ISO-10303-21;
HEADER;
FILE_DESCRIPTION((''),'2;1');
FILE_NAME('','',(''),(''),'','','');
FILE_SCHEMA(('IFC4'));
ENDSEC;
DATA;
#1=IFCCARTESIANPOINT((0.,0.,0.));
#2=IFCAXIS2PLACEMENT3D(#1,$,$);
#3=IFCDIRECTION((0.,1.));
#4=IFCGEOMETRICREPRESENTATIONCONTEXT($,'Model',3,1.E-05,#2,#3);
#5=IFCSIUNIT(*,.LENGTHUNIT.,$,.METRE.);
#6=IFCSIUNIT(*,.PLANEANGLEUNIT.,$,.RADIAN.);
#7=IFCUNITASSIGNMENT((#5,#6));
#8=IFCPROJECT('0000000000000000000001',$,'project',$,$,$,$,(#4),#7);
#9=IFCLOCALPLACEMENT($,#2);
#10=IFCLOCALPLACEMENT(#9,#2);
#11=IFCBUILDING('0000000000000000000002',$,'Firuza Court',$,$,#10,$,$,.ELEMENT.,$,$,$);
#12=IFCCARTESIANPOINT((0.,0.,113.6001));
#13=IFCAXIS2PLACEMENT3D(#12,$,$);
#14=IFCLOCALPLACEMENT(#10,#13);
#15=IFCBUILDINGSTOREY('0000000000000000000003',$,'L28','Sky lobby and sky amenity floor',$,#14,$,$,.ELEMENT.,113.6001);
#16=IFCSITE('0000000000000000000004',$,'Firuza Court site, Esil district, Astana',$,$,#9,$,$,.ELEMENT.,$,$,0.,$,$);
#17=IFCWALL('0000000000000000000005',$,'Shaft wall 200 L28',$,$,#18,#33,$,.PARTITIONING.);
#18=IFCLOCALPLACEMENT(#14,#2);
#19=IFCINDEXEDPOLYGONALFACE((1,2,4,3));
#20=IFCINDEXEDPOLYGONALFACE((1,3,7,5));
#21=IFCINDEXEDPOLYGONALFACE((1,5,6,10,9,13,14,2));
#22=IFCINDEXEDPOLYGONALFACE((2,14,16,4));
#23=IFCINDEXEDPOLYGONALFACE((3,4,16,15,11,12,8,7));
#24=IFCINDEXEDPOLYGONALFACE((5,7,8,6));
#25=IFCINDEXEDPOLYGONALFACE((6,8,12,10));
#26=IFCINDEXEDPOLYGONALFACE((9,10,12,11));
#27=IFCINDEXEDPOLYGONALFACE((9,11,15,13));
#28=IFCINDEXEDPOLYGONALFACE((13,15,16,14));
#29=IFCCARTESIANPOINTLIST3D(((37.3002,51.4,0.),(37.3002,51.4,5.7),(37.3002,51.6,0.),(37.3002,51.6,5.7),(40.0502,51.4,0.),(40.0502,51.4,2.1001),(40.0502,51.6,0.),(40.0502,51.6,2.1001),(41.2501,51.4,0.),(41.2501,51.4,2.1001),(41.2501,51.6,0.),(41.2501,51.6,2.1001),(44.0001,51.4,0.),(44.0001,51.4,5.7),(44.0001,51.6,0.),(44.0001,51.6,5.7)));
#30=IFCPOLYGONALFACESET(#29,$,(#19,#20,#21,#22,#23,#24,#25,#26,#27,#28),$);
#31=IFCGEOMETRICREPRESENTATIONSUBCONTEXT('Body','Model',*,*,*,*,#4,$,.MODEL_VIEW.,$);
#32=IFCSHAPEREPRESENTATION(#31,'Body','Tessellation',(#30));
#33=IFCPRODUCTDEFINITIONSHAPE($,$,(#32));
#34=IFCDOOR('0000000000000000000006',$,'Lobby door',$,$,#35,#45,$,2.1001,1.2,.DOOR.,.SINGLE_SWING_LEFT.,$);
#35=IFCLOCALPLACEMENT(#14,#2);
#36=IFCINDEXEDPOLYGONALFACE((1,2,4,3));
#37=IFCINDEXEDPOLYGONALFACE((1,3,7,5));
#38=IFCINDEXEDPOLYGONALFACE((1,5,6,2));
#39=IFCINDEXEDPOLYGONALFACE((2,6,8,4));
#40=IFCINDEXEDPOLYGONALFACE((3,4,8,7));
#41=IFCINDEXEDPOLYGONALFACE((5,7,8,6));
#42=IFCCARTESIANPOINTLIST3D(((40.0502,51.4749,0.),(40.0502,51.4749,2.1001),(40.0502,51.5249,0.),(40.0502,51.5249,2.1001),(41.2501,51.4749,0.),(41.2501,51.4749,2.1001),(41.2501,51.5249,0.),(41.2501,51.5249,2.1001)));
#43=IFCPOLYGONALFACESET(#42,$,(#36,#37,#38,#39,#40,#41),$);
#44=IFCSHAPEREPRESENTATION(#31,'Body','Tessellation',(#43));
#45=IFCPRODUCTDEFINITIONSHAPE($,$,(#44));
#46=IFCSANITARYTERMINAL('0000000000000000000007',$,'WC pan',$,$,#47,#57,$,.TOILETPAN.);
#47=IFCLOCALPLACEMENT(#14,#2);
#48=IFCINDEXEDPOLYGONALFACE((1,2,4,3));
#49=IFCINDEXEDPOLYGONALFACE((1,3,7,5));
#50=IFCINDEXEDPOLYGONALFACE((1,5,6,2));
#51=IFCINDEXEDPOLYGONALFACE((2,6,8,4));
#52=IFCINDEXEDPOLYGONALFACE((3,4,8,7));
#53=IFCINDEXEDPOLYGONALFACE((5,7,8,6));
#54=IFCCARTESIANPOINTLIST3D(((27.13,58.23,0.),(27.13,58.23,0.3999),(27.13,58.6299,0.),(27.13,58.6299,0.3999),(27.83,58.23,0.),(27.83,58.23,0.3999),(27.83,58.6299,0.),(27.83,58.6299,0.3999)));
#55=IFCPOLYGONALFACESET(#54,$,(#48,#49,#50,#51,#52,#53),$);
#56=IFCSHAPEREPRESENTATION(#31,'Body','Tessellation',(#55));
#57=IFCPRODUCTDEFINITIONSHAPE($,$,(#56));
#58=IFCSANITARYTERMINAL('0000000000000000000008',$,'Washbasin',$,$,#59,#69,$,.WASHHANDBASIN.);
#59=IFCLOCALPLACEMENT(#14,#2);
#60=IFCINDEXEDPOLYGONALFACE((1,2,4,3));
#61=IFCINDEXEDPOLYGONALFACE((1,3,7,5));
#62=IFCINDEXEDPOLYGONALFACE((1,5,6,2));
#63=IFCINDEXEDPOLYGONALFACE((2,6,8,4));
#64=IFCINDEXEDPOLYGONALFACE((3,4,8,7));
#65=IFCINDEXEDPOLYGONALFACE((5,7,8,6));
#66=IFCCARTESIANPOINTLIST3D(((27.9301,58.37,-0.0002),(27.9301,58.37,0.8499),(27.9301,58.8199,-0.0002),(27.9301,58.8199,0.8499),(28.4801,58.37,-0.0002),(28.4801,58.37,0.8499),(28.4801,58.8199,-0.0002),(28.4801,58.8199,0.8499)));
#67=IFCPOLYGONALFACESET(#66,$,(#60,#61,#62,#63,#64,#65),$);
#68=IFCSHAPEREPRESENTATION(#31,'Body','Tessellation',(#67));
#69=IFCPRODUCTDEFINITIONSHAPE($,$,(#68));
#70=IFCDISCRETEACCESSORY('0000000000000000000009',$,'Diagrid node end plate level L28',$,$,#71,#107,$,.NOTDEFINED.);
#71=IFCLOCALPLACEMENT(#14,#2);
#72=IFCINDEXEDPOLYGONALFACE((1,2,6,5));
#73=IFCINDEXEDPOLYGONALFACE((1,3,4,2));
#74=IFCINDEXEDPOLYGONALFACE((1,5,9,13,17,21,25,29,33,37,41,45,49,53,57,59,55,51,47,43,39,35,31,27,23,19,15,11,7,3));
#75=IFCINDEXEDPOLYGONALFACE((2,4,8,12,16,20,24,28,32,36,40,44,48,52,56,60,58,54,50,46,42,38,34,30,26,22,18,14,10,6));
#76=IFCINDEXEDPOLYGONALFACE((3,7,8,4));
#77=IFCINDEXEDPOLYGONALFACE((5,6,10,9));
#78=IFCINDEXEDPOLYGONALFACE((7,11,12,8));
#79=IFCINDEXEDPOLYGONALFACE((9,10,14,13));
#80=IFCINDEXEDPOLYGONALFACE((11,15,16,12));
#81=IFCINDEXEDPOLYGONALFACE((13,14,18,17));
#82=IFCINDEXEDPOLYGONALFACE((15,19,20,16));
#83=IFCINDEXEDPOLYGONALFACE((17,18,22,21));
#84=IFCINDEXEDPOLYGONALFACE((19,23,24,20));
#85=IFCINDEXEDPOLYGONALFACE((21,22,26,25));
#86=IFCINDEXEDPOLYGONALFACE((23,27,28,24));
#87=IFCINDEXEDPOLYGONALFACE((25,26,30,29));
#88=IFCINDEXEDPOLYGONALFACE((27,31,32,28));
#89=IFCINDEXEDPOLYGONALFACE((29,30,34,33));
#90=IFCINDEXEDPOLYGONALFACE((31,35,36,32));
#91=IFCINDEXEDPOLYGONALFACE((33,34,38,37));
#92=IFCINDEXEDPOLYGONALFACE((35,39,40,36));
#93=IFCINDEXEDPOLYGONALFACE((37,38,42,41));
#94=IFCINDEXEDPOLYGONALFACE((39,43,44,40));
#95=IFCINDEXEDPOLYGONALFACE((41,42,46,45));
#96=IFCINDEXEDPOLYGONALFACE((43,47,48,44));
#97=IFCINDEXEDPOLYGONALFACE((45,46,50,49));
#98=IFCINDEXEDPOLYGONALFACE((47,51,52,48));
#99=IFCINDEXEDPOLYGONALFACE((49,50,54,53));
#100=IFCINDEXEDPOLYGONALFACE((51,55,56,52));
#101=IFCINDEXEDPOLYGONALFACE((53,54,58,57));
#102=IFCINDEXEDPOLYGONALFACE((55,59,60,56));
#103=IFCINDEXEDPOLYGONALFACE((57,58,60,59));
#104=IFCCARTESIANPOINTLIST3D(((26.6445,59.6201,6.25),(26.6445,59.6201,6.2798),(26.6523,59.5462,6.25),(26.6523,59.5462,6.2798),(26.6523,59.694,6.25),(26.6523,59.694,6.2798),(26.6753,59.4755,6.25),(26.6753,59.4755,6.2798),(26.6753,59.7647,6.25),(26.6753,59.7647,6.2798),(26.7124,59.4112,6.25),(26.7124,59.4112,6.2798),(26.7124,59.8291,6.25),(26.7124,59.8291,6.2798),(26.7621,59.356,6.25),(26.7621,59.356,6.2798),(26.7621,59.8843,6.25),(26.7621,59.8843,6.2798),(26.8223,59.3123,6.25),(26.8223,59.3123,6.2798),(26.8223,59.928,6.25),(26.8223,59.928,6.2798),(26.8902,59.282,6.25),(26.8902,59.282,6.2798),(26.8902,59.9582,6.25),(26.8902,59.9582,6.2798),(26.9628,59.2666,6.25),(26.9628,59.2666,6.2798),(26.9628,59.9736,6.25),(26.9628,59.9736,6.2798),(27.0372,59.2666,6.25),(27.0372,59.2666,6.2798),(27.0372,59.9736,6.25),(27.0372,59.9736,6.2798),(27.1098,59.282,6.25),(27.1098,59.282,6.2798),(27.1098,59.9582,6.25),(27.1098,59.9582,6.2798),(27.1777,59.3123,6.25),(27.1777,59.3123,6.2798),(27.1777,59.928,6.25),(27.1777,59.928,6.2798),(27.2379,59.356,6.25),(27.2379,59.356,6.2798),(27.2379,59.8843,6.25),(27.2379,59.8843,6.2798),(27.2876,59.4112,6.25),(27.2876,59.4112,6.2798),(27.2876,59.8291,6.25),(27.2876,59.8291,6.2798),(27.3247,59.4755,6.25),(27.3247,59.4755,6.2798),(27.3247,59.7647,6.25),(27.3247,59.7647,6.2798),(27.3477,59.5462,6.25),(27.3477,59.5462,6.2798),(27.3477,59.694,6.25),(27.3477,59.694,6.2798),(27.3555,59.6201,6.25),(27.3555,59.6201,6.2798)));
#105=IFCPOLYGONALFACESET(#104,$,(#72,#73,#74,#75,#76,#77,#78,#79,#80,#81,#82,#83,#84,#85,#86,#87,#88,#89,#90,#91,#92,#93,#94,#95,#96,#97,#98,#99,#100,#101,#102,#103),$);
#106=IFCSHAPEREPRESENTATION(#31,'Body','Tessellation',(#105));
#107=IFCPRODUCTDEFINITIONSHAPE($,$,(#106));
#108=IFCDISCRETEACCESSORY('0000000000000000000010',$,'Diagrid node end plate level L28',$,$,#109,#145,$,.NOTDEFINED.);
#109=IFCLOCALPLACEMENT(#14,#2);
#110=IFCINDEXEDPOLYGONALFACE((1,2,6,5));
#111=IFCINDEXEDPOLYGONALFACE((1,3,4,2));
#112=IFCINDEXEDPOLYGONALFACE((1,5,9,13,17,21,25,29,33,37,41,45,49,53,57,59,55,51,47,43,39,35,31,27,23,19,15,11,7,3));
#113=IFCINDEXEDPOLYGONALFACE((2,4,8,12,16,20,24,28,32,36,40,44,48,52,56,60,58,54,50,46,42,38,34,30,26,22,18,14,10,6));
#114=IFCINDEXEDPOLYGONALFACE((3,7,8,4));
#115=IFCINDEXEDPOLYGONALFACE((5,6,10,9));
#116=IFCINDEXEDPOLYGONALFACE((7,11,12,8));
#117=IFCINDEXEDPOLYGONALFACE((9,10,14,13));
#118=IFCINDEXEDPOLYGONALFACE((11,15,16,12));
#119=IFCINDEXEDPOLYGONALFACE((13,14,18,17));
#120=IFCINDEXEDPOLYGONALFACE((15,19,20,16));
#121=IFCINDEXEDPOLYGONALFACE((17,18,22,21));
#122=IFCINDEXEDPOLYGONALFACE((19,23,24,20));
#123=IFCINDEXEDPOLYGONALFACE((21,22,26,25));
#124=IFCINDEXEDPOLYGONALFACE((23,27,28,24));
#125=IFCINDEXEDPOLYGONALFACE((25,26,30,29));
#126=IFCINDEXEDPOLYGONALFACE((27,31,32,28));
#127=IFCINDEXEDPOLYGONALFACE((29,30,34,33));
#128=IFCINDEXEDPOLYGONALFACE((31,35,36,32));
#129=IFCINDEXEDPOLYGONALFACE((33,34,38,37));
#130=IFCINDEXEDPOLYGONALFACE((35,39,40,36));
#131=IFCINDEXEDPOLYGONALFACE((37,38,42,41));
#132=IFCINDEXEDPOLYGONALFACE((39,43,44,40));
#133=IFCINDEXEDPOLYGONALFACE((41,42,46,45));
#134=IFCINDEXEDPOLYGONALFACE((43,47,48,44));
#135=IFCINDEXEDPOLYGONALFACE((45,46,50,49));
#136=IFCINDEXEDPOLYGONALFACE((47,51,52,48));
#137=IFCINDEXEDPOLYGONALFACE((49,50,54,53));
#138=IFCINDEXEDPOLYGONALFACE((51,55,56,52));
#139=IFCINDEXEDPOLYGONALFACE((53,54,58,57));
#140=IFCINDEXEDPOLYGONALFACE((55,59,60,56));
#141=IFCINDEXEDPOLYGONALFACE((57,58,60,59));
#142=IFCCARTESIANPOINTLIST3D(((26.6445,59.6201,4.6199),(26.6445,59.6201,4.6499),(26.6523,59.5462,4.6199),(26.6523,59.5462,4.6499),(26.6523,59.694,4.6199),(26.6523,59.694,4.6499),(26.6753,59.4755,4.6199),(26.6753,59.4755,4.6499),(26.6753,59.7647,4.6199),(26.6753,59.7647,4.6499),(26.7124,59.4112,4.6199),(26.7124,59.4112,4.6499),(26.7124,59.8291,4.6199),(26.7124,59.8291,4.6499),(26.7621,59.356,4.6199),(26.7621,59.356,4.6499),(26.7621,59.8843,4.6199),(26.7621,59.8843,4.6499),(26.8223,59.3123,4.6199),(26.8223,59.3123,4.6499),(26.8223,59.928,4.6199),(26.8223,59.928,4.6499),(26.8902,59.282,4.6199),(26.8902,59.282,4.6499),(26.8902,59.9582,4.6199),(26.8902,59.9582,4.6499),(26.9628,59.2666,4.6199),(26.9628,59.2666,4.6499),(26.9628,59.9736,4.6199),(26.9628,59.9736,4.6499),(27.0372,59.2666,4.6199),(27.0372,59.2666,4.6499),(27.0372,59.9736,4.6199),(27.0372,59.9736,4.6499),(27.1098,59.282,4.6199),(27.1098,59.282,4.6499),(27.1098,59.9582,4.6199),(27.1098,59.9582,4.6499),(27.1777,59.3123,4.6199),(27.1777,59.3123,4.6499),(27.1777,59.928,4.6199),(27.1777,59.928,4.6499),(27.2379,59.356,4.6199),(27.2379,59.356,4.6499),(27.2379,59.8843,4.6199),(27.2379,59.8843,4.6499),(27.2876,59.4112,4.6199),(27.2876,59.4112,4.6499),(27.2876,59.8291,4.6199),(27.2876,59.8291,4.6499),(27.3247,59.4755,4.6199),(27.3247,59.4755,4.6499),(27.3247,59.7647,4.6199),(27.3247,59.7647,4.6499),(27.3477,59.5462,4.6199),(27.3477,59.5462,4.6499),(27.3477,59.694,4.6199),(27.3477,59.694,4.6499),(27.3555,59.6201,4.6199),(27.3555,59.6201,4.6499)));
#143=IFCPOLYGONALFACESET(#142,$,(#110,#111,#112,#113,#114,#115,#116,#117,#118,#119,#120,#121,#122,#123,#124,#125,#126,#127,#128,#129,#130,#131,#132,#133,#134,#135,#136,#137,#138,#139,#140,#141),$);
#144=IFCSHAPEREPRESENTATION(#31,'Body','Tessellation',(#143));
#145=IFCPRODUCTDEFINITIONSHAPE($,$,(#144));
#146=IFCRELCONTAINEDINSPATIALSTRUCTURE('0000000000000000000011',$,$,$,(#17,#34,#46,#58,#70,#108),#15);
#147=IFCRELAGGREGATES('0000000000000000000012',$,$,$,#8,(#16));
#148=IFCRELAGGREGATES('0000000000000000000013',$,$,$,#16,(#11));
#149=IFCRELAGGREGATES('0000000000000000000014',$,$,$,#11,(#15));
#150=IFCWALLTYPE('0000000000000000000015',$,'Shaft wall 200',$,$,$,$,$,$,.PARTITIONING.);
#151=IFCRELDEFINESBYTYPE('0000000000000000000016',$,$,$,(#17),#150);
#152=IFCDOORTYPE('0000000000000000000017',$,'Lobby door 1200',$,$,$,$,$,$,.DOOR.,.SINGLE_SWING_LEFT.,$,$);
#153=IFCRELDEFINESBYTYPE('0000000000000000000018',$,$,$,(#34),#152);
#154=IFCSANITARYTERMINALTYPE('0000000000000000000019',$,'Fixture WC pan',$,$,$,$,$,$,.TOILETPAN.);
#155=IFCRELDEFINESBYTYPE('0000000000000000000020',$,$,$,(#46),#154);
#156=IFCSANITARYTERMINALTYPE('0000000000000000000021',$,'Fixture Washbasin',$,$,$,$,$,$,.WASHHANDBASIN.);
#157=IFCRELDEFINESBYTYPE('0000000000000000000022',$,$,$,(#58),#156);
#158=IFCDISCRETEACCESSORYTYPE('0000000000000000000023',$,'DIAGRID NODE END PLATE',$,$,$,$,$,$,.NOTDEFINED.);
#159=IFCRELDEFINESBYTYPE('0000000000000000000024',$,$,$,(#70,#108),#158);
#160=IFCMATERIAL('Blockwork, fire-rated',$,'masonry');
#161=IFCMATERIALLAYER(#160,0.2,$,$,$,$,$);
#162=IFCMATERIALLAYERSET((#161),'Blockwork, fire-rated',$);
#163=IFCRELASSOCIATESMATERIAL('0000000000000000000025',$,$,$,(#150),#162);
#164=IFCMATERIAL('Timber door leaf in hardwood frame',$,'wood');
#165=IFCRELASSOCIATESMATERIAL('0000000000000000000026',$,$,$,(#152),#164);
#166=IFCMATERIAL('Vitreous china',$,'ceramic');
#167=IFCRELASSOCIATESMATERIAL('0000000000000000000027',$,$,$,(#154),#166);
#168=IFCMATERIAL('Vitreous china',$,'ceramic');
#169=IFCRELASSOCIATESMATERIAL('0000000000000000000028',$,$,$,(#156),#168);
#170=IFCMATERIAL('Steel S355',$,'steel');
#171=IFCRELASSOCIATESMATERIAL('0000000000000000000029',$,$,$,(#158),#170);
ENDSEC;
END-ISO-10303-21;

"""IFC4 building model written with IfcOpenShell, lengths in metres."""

from ifc_helpers import new_model, si_unit, direction, frame, frame_2d, origin, origin_2d, place, context, subcontext, project, spatial, rectangle, circle, extrude, material, layer, layer_set, material_profile, profile_set, type_object, element, fill, save


model = new_model("IFC4")

# Units and contexts
model_context = context("Model", 3, precision=1e-05, world=origin(), true_north=direction((0.0, 1.0)))
body_context = subcontext(model_context, "Body", "Model", "MODEL_VIEW")
ifc_project = project(units=[si_unit("LENGTHUNIT", "METRE"), si_unit("PLANEANGLEUNIT", "RADIAN")], contexts=[model_context])

# Site, building, storey
site_placement = place(None, origin())
site = spatial("IfcSite", under=ifc_project, at=site_placement, Name="Firuza Court site, Esil district, Astana", CompositionType="ELEMENT", RefElevation=0.0)
building_placement = place(site_placement, origin())
building = spatial("IfcBuilding", under=site, at=building_placement, Name="Firuza Court", CompositionType="ELEMENT")
storey_placement = place(building_placement, frame((0.0, 0.0, 113.6001)))
storey = spatial("IfcBuildingStorey", under=building, at=storey_placement, Name="L28", Description="Sky lobby and sky amenity floor", CompositionType="ELEMENT", Elevation=113.6001)

# Shared definitions
ifc_material_1 = material(Name="Blockwork, fire-rated", Category="masonry")
ifc_layer_1 = layer(ifc_material_1, 0.2)
ifc_layer_set_1 = layer_set([ifc_layer_1], Name="Blockwork, fire-rated")
wall_type_1 = type_object("IfcWallType", Name="Shaft wall 200", PredefinedType="PARTITIONING", material=ifc_layer_set_1)

# Wall, opening, door
wall_1_placement = place(storey_placement, frame((37.3, 51.5, 0.0), z_axis=(0.0, 0.0, 1.0), x_axis=(1.0, 0.0, 0.0)))
wall_1 = element("IfcWall", 1, at=wall_1_placement, inside=storey, type_object=wall_type_1, Name="Shaft wall 200 L28", PredefinedType="PARTITIONING", context=body_context, shape_type="SweptSolid", body=[
    extrude(rectangle(XDim=6.7, YDim=0.2, at=frame_2d((3.3501, 0.0))), origin(), (0.0, 0.0, 1.0), 5.7),
])
opening_1_placement = place(wall_1_placement, frame((2.75, 0.0, 0.0)))
opening_1 = element("IfcOpeningElement", 2, at=opening_1_placement, cuts=wall_1, PredefinedType="OPENING", context=body_context, shape_type="SweptSolid", body=[
    extrude(rectangle(XDim=1.2, YDim=2.1001, at=frame_2d((0.6001, 1.05))), frame((0.0, 0.1118, 0.0), z_axis=(0.0, -1.0, 0.0), x_axis=(1.0, 0.0, 0.0)), (0.0, 0.0, 1.0), 0.2239),
])
ifc_material_2 = material(Name="Timber door leaf in hardwood frame", Category="wood")
door_type_1 = type_object("IfcDoorType", Name="Lobby door 1200", OperationType="SINGLE_SWING_LEFT", PredefinedType="DOOR", material=ifc_material_2)
door_1_placement = place(opening_1_placement, origin())
door_1 = element("IfcDoor", 3, at=door_1_placement, inside=storey, type_object=door_type_1, Name="Lobby door", OperationType="SINGLE_SWING_LEFT", OverallHeight=2.1001, OverallWidth=1.2, PredefinedType="DOOR", context=body_context, shape_type="SweptSolid", body=[
    extrude(rectangle(XDim=1.2, YDim=2.1001, at=frame_2d((0.6001, 1.05))), frame((0.0, 0.0249, 0.0), z_axis=(0.0, -1.0, 0.0), x_axis=(1.0, 0.0, 0.0)), (0.0, 0.0, 1.0), 0.05),
])
fill(opening_1, door_1)

# Sanitary terminals
ifc_material_3 = material(Name="Vitreous china", Category="ceramic")
sanitary_terminal_type_1 = type_object("IfcSanitaryTerminalType", Name="Fixture WC pan", PredefinedType="TOILETPAN", material=ifc_material_3)
sanitary_terminal_1_placement = place(storey_placement, frame((27.48, 58.4299, 0.0), z_axis=(0.0, 0.0, 1.0), x_axis=(1.0, 0.0, 0.0)))
element("IfcSanitaryTerminal", 4, at=sanitary_terminal_1_placement, inside=storey, type_object=sanitary_terminal_type_1, Name="WC pan", PredefinedType="TOILETPAN", context=body_context, shape_type="SweptSolid", body=[
    extrude(rectangle(XDim=0.7, YDim=0.3999, at=origin_2d()), origin(), (0.0, 0.0, 1.0), 0.3999),
])
ifc_material_4 = material(Name="Vitreous china", Category="ceramic")
sanitary_terminal_type_2 = type_object("IfcSanitaryTerminalType", Name="Fixture Washbasin", PredefinedType="WASHHANDBASIN", material=ifc_material_4)
sanitary_terminal_2_placement = place(storey_placement, frame((28.2051, 58.595, -0.0002), z_axis=(0.0, 0.0, 1.0), x_axis=(1.0, 0.0, 0.0)))
element("IfcSanitaryTerminal", 5, at=sanitary_terminal_2_placement, inside=storey, type_object=sanitary_terminal_type_2, Name="Washbasin", PredefinedType="WASHHANDBASIN", context=body_context, shape_type="SweptSolid", body=[
    extrude(rectangle(XDim=0.55, YDim=0.45, at=origin_2d()), origin(), (0.0, 0.0, 1.0), 0.8501),
])

# Discrete accessories
ifc_material_5 = material(Name="Steel S355", Category="steel")
ifc_material_profile_1 = material_profile(ifc_material_5, circle(Radius=0.3555, at=origin_2d()), Name="PL D711")
ifc_profile_set_1 = profile_set([ifc_material_profile_1], Name="Steel S355")
discrete_accessory_type = type_object("IfcDiscreteAccessoryType", Name="DIAGRID NODE END PLATE", PredefinedType="NOTDEFINED", material=ifc_profile_set_1)
discrete_accessory_1_placement = place(storey_placement, frame((27.0, 59.6201, 6.25), z_axis=(0.0, 0.0, 1.0), x_axis=(1.0, 0.0, 0.0)))
element("IfcDiscreteAccessory", 6, at=discrete_accessory_1_placement, inside=storey, type_object=discrete_accessory_type, Name="Diagrid node end plate level L28", PredefinedType="NOTDEFINED", context=body_context, shape_type="SweptSolid", body=[
    extrude(circle(Radius=0.3555, at=origin_2d()), origin(), (0.0, 0.0, 1.0), 0.0298),
])
discrete_accessory_2_placement = place(storey_placement, frame((27.0, 59.6201, 4.6199), z_axis=(0.0, 0.0, 1.0), x_axis=(1.0, 0.0, 0.0)))
element("IfcDiscreteAccessory", 7, at=discrete_accessory_2_placement, inside=storey, type_object=discrete_accessory_type, Name="Diagrid node end plate level L28", PredefinedType="NOTDEFINED", context=body_context, shape_type="SweptSolid", body=[
    extrude(circle(Radius=0.3555, at=origin_2d()), origin(), (0.0, 0.0, 1.0), 0.03),
])

save(model, "model.ifc")
